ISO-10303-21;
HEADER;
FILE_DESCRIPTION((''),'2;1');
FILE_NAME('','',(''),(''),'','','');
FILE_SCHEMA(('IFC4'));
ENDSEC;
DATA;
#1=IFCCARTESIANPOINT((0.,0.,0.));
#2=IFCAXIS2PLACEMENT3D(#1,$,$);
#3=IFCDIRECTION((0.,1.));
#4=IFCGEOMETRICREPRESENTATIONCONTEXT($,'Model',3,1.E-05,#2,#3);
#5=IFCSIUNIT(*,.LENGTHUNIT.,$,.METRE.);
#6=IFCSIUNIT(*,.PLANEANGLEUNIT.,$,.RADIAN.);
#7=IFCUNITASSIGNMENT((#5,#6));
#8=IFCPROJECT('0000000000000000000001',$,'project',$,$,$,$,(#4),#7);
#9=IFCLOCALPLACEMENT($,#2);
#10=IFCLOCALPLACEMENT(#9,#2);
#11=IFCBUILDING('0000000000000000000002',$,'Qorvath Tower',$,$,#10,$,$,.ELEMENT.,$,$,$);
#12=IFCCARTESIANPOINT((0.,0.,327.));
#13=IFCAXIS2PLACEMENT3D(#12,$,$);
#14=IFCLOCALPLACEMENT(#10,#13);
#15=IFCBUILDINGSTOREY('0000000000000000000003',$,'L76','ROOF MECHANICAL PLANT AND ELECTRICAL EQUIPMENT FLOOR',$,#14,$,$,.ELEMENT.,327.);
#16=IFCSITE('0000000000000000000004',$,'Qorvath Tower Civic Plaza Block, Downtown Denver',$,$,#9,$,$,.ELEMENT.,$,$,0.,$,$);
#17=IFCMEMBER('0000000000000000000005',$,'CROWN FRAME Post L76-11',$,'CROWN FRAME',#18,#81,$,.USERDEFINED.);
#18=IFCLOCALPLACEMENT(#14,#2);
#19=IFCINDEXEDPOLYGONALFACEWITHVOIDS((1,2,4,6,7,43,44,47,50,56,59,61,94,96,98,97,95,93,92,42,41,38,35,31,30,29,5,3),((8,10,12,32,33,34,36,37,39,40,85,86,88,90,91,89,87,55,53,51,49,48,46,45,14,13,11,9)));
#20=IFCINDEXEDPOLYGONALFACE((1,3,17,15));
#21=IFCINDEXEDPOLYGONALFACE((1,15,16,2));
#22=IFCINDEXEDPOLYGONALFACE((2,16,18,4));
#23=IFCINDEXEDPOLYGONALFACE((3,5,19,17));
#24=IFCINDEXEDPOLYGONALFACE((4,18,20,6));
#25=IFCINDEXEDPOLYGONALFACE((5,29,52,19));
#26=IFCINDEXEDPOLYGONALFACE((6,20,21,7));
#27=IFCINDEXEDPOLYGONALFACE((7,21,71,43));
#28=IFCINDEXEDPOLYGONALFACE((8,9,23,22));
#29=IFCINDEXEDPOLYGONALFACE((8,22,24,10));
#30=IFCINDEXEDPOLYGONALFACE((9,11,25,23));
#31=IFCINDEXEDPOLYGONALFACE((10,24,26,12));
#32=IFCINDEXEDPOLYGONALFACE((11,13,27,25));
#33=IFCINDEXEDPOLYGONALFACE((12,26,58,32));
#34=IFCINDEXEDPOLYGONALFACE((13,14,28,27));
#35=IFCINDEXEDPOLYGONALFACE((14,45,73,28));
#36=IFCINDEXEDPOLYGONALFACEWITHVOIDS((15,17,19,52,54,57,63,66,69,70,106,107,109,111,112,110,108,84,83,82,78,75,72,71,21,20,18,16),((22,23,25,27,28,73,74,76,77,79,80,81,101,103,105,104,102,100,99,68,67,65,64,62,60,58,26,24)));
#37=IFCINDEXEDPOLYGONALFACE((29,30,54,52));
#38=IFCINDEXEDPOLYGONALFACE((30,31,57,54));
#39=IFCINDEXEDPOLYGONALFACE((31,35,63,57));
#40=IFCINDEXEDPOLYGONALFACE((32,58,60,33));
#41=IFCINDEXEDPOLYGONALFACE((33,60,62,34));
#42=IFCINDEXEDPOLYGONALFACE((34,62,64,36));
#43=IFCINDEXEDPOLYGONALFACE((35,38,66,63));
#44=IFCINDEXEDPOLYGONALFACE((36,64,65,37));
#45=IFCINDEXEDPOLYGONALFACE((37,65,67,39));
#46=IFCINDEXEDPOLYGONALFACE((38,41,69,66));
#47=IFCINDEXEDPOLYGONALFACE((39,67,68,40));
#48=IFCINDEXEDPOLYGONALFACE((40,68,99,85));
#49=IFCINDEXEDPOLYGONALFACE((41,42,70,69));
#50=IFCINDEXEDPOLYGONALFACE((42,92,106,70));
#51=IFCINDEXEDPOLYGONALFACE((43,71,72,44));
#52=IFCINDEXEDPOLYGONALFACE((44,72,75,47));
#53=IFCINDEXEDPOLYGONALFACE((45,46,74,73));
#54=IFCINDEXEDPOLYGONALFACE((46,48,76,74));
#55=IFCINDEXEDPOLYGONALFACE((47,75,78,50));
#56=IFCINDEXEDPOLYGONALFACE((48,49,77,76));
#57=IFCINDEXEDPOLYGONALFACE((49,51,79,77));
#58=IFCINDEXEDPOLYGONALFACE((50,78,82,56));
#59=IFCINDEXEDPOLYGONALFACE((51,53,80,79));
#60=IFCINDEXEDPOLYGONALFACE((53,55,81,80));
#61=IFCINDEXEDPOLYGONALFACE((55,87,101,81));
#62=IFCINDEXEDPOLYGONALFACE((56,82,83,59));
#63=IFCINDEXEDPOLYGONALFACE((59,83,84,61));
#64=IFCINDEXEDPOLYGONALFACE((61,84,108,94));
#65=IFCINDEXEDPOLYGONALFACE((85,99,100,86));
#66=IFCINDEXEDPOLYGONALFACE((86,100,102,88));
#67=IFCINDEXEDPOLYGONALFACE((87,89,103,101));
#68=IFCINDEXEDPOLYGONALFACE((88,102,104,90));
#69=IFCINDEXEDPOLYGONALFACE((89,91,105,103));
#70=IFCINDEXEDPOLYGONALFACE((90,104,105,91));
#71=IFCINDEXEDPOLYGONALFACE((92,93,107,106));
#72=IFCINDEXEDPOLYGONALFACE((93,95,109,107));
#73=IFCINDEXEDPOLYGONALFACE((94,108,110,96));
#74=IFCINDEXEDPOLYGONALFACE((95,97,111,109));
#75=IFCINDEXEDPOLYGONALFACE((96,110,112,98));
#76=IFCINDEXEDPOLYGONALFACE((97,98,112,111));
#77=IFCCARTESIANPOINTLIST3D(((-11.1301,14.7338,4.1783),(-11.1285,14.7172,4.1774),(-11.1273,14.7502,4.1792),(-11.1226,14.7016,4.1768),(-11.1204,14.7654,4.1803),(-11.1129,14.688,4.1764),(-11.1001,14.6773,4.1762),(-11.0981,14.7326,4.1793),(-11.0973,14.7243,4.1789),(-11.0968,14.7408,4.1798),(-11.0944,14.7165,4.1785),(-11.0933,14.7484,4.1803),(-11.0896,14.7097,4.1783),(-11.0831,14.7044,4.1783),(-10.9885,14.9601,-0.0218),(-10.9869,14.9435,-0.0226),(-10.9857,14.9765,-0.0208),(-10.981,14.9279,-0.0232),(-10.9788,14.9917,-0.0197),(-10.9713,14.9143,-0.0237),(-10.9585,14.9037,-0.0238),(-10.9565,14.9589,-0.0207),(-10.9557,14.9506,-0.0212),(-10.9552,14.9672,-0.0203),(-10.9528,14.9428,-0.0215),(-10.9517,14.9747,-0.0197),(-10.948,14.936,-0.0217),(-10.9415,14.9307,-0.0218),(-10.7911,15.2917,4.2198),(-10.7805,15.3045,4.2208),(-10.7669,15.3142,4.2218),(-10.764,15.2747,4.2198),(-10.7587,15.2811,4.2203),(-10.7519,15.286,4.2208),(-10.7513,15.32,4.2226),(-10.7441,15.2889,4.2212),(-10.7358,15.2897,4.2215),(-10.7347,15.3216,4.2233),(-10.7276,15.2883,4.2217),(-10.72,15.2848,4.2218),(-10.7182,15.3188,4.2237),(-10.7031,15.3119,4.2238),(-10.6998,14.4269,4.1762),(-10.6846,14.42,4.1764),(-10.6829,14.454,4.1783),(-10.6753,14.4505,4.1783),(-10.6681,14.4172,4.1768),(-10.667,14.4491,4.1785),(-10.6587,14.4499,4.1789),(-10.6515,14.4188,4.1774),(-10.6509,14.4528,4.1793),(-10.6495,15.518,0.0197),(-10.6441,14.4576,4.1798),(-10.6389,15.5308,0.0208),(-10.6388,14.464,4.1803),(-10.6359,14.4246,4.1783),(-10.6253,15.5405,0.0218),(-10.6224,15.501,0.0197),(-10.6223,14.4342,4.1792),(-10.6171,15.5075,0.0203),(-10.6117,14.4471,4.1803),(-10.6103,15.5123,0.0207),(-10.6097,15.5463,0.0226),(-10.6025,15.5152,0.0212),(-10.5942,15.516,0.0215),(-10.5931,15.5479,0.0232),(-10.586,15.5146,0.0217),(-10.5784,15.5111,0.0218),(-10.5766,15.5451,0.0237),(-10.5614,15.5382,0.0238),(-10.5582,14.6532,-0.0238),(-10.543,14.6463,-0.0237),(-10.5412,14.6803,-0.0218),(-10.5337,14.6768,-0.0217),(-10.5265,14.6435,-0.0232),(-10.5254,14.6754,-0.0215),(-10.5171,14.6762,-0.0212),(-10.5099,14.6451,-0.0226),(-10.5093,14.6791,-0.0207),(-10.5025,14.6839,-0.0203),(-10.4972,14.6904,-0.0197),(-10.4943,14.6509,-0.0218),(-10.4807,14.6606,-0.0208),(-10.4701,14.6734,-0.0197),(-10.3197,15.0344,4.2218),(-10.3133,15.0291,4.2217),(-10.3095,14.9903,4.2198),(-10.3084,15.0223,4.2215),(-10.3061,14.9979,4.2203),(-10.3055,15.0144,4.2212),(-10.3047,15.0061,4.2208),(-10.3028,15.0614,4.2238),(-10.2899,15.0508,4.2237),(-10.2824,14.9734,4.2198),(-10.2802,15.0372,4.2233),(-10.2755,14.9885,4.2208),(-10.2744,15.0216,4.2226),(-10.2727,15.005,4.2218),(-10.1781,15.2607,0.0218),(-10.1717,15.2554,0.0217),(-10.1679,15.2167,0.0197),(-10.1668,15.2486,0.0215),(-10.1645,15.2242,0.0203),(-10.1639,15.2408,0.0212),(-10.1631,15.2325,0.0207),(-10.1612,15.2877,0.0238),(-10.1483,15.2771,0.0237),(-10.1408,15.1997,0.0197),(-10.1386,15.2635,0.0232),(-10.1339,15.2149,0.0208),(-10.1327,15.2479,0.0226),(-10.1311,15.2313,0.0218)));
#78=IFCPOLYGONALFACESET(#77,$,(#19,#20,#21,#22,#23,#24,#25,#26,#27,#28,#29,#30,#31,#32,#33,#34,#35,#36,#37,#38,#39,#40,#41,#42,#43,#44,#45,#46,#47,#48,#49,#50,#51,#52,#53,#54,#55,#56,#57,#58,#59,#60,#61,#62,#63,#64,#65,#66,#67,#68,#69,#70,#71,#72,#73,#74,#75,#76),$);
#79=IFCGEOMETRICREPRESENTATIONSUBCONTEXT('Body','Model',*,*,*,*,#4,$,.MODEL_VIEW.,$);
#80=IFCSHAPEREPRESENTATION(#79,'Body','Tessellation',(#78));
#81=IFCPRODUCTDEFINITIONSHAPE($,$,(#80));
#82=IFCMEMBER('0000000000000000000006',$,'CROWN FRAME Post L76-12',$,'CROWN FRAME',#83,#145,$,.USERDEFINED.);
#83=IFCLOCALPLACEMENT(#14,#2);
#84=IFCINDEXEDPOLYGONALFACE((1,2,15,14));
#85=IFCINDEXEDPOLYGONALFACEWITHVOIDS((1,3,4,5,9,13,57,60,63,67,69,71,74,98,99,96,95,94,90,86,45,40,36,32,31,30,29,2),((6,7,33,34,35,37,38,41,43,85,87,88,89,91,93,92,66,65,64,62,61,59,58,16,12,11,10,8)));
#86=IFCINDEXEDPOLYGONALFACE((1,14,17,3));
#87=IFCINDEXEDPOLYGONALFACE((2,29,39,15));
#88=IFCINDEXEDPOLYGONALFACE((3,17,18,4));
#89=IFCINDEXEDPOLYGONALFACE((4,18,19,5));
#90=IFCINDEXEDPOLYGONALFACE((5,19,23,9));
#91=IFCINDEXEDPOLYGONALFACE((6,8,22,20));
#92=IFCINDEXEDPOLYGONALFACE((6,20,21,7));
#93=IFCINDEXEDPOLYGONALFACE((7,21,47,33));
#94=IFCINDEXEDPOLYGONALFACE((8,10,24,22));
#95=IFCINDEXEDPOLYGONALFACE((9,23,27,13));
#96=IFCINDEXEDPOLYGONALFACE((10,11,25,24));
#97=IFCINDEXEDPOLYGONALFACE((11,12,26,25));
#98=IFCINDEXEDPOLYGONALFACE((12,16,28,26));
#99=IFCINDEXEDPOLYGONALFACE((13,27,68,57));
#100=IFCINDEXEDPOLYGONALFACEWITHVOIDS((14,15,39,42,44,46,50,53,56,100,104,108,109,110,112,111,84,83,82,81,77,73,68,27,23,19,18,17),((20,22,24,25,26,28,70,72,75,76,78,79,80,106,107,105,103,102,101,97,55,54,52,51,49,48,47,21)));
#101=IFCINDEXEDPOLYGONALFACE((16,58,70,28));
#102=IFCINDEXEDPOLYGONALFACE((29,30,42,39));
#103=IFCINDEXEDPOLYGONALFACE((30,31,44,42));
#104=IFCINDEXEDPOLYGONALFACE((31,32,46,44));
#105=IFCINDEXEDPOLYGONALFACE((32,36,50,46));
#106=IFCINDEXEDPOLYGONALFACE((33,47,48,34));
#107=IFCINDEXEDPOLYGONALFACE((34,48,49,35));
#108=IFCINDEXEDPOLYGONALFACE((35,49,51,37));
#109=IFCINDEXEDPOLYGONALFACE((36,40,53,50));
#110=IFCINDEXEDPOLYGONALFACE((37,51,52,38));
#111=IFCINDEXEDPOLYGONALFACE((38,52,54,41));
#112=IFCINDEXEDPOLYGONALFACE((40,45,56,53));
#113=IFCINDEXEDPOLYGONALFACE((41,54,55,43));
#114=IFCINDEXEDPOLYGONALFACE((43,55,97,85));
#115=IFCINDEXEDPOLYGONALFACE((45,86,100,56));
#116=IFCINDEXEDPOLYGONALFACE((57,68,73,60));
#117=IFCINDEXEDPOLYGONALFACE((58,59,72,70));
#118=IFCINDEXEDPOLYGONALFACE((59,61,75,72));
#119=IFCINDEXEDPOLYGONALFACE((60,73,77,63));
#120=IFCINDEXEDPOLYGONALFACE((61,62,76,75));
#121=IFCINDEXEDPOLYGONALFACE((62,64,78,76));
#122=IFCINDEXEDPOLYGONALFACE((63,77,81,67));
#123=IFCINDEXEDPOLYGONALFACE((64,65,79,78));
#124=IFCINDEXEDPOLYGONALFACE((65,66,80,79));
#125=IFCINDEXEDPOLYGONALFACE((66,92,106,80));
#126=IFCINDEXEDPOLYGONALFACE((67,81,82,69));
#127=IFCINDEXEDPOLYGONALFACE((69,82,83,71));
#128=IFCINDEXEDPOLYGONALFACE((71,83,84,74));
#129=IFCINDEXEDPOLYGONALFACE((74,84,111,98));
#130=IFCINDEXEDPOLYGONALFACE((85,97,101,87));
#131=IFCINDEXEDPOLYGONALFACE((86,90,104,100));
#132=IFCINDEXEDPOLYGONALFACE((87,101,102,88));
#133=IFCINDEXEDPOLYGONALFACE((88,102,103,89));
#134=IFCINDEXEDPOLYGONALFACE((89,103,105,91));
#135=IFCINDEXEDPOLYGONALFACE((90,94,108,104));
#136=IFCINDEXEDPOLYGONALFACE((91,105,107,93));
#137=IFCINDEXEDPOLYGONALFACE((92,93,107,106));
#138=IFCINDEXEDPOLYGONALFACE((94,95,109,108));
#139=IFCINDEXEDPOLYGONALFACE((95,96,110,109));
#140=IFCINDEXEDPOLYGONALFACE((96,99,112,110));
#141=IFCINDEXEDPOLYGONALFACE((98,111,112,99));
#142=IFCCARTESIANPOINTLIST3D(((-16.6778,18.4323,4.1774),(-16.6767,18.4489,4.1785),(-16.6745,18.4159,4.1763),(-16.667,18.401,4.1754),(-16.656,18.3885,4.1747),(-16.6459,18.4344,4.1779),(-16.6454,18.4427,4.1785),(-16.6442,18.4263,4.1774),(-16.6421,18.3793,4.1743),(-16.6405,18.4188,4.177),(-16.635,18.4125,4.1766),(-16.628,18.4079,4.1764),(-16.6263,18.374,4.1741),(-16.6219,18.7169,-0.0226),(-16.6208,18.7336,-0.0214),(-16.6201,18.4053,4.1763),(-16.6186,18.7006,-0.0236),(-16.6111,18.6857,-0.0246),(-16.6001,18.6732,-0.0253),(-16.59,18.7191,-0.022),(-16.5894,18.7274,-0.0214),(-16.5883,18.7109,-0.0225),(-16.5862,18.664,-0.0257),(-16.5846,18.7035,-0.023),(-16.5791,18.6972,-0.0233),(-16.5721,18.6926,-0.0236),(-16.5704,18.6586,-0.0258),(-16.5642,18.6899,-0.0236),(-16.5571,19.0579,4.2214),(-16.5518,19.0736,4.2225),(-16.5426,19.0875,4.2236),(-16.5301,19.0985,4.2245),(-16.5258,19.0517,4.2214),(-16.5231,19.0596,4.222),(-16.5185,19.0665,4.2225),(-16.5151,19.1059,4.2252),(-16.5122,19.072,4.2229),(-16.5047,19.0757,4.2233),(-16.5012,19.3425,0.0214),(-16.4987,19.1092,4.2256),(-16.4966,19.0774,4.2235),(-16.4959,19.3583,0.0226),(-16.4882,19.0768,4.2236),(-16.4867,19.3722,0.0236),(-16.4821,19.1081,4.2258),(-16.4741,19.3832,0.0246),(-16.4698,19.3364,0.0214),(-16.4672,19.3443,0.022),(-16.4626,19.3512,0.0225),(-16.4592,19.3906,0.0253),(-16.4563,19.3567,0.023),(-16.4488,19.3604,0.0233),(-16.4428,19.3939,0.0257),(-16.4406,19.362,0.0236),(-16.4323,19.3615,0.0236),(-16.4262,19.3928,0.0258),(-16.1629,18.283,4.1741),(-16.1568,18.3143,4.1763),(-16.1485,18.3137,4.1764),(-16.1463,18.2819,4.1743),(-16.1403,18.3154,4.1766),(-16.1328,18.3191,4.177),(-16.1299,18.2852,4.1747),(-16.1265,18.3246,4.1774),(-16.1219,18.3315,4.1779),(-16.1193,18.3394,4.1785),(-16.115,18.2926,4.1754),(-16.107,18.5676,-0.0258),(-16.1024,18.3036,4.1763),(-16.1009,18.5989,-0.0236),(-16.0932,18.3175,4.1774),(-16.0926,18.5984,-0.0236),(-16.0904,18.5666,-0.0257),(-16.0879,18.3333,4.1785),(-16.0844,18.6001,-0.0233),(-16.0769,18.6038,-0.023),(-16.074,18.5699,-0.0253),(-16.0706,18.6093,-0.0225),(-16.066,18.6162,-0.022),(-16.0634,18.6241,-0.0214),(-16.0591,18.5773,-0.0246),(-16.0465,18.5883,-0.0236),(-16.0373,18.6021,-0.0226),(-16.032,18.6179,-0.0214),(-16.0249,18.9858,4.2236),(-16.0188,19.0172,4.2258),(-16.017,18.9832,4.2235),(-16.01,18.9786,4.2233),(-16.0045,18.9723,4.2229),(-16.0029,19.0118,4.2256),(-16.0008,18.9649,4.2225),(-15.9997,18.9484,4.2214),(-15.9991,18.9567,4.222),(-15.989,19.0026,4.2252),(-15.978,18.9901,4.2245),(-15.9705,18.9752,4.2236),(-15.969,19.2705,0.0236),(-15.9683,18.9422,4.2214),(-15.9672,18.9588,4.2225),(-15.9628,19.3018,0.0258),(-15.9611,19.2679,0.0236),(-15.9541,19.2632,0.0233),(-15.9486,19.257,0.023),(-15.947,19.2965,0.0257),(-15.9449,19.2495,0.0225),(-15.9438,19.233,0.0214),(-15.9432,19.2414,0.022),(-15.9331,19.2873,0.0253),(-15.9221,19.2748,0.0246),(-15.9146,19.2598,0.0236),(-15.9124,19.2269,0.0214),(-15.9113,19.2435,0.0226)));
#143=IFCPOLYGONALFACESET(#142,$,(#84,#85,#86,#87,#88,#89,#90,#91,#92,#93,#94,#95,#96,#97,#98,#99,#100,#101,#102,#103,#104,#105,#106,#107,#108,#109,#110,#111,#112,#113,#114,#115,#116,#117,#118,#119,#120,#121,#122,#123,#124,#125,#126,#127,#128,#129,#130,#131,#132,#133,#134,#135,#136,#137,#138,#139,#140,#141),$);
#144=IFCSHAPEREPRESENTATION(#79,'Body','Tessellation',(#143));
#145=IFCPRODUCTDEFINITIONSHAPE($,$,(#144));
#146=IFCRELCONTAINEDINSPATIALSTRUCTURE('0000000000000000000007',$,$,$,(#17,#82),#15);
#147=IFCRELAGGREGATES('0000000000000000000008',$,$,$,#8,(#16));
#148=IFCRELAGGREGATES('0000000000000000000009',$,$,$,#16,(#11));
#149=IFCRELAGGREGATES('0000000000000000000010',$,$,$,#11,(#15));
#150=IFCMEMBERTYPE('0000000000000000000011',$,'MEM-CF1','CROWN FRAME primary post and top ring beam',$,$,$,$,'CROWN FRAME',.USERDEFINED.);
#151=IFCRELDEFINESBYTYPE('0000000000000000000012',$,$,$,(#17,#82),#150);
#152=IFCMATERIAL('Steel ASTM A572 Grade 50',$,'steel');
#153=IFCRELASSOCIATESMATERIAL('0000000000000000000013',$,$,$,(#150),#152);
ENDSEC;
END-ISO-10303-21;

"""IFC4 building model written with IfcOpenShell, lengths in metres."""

from ifc_helpers import new_model, si_unit, direction, frame, origin, origin_2d, place, context, subcontext, project, spatial, hollow_rectangle, extrude, material, material_profile, profile_set, type_object, element, save


model = new_model("IFC4")

# Units and contexts
model_context = context("Model", 3, precision=1e-05, world=origin(), true_north=direction((0.0, 1.0)))
body_context = subcontext(model_context, "Body", "Model", "MODEL_VIEW")
ifc_project = project(units=[si_unit("LENGTHUNIT", "METRE"), si_unit("PLANEANGLEUNIT", "RADIAN")], contexts=[model_context])

# Site, building, storey
site_placement = place(None, origin())
site = spatial("IfcSite", under=ifc_project, at=site_placement, Name="Qorvath Tower Civic Plaza Block, Downtown Denver", CompositionType="ELEMENT", RefElevation=0.0)
building_placement = place(site_placement, origin())
building = spatial("IfcBuilding", under=site, at=building_placement, Name="Qorvath Tower", CompositionType="ELEMENT")
storey_placement = place(building_placement, frame((0.0, 0.0, 327.0)))
storey = spatial("IfcBuildingStorey", under=building, at=storey_placement, Name="L76", Description="ROOF MECHANICAL PLANT AND ELECTRICAL EQUIPMENT FLOOR", CompositionType="ELEMENT", Elevation=327.0)

# Members
ifc_material_1 = material(Name="Steel ASTM A572 Grade 50", Category="steel")
ifc_material_profile_1 = material_profile(ifc_material_1, hollow_rectangle(XDim=0.6001, YDim=0.75, WallThickness=0.032, InnerFilletRadius=0.032, OuterFilletRadius=0.064, at=origin_2d()), Name="CROWN BOX 750x600x32")
ifc_profile_set_1 = profile_set([ifc_material_profile_1], Name="Steel ASTM A572 Grade 50")
member_type_1 = type_object("IfcMemberType", Name="MEM-CF1", Description="CROWN FRAME primary post and top ring beam", ElementType="CROWN FRAME", PredefinedType="USERDEFINED", material=ifc_profile_set_1)
member_1_placement = place(storey_placement, frame((-10.5598, 15.0957, 0.0), z_axis=(-0.033647, -0.053777, 0.997986), x_axis=(0.847741, -0.53041, 0.0)))
element("IfcMember", 1, at=member_1_placement, inside=storey, type_object=member_type_1, Name="CROWN FRAME Post L76-11", ObjectType="CROWN FRAME", PredefinedType="USERDEFINED", context=body_context, shape_type="SweptSolid", body=[
    extrude(hollow_rectangle(XDim=0.6001, YDim=0.75, WallThickness=0.032, InnerFilletRadius=0.032, OuterFilletRadius=0.064, at=origin_2d()), origin(), (0.0, 0.0, 1.0), 4.2085),
])
member_2_placement = place(storey_placement, frame((-16.2666, 18.9802, 0.0), z_axis=(-0.01328, -0.067618, 0.997623), x_axis=(0.981255, -0.192716, 0.0)))
element("IfcMember", 2, at=member_2_placement, inside=storey, type_object=member_type_1, Name="CROWN FRAME Post L76-12", ObjectType="CROWN FRAME", PredefinedType="USERDEFINED", context=body_context, shape_type="SweptSolid", body=[
    extrude(hollow_rectangle(XDim=0.6001, YDim=0.75, WallThickness=0.032, InnerFilletRadius=0.032, OuterFilletRadius=0.064, at=origin_2d()), origin(), (0.0, 0.0, 1.0), 4.21),
])

save(model, "model.ifc")
